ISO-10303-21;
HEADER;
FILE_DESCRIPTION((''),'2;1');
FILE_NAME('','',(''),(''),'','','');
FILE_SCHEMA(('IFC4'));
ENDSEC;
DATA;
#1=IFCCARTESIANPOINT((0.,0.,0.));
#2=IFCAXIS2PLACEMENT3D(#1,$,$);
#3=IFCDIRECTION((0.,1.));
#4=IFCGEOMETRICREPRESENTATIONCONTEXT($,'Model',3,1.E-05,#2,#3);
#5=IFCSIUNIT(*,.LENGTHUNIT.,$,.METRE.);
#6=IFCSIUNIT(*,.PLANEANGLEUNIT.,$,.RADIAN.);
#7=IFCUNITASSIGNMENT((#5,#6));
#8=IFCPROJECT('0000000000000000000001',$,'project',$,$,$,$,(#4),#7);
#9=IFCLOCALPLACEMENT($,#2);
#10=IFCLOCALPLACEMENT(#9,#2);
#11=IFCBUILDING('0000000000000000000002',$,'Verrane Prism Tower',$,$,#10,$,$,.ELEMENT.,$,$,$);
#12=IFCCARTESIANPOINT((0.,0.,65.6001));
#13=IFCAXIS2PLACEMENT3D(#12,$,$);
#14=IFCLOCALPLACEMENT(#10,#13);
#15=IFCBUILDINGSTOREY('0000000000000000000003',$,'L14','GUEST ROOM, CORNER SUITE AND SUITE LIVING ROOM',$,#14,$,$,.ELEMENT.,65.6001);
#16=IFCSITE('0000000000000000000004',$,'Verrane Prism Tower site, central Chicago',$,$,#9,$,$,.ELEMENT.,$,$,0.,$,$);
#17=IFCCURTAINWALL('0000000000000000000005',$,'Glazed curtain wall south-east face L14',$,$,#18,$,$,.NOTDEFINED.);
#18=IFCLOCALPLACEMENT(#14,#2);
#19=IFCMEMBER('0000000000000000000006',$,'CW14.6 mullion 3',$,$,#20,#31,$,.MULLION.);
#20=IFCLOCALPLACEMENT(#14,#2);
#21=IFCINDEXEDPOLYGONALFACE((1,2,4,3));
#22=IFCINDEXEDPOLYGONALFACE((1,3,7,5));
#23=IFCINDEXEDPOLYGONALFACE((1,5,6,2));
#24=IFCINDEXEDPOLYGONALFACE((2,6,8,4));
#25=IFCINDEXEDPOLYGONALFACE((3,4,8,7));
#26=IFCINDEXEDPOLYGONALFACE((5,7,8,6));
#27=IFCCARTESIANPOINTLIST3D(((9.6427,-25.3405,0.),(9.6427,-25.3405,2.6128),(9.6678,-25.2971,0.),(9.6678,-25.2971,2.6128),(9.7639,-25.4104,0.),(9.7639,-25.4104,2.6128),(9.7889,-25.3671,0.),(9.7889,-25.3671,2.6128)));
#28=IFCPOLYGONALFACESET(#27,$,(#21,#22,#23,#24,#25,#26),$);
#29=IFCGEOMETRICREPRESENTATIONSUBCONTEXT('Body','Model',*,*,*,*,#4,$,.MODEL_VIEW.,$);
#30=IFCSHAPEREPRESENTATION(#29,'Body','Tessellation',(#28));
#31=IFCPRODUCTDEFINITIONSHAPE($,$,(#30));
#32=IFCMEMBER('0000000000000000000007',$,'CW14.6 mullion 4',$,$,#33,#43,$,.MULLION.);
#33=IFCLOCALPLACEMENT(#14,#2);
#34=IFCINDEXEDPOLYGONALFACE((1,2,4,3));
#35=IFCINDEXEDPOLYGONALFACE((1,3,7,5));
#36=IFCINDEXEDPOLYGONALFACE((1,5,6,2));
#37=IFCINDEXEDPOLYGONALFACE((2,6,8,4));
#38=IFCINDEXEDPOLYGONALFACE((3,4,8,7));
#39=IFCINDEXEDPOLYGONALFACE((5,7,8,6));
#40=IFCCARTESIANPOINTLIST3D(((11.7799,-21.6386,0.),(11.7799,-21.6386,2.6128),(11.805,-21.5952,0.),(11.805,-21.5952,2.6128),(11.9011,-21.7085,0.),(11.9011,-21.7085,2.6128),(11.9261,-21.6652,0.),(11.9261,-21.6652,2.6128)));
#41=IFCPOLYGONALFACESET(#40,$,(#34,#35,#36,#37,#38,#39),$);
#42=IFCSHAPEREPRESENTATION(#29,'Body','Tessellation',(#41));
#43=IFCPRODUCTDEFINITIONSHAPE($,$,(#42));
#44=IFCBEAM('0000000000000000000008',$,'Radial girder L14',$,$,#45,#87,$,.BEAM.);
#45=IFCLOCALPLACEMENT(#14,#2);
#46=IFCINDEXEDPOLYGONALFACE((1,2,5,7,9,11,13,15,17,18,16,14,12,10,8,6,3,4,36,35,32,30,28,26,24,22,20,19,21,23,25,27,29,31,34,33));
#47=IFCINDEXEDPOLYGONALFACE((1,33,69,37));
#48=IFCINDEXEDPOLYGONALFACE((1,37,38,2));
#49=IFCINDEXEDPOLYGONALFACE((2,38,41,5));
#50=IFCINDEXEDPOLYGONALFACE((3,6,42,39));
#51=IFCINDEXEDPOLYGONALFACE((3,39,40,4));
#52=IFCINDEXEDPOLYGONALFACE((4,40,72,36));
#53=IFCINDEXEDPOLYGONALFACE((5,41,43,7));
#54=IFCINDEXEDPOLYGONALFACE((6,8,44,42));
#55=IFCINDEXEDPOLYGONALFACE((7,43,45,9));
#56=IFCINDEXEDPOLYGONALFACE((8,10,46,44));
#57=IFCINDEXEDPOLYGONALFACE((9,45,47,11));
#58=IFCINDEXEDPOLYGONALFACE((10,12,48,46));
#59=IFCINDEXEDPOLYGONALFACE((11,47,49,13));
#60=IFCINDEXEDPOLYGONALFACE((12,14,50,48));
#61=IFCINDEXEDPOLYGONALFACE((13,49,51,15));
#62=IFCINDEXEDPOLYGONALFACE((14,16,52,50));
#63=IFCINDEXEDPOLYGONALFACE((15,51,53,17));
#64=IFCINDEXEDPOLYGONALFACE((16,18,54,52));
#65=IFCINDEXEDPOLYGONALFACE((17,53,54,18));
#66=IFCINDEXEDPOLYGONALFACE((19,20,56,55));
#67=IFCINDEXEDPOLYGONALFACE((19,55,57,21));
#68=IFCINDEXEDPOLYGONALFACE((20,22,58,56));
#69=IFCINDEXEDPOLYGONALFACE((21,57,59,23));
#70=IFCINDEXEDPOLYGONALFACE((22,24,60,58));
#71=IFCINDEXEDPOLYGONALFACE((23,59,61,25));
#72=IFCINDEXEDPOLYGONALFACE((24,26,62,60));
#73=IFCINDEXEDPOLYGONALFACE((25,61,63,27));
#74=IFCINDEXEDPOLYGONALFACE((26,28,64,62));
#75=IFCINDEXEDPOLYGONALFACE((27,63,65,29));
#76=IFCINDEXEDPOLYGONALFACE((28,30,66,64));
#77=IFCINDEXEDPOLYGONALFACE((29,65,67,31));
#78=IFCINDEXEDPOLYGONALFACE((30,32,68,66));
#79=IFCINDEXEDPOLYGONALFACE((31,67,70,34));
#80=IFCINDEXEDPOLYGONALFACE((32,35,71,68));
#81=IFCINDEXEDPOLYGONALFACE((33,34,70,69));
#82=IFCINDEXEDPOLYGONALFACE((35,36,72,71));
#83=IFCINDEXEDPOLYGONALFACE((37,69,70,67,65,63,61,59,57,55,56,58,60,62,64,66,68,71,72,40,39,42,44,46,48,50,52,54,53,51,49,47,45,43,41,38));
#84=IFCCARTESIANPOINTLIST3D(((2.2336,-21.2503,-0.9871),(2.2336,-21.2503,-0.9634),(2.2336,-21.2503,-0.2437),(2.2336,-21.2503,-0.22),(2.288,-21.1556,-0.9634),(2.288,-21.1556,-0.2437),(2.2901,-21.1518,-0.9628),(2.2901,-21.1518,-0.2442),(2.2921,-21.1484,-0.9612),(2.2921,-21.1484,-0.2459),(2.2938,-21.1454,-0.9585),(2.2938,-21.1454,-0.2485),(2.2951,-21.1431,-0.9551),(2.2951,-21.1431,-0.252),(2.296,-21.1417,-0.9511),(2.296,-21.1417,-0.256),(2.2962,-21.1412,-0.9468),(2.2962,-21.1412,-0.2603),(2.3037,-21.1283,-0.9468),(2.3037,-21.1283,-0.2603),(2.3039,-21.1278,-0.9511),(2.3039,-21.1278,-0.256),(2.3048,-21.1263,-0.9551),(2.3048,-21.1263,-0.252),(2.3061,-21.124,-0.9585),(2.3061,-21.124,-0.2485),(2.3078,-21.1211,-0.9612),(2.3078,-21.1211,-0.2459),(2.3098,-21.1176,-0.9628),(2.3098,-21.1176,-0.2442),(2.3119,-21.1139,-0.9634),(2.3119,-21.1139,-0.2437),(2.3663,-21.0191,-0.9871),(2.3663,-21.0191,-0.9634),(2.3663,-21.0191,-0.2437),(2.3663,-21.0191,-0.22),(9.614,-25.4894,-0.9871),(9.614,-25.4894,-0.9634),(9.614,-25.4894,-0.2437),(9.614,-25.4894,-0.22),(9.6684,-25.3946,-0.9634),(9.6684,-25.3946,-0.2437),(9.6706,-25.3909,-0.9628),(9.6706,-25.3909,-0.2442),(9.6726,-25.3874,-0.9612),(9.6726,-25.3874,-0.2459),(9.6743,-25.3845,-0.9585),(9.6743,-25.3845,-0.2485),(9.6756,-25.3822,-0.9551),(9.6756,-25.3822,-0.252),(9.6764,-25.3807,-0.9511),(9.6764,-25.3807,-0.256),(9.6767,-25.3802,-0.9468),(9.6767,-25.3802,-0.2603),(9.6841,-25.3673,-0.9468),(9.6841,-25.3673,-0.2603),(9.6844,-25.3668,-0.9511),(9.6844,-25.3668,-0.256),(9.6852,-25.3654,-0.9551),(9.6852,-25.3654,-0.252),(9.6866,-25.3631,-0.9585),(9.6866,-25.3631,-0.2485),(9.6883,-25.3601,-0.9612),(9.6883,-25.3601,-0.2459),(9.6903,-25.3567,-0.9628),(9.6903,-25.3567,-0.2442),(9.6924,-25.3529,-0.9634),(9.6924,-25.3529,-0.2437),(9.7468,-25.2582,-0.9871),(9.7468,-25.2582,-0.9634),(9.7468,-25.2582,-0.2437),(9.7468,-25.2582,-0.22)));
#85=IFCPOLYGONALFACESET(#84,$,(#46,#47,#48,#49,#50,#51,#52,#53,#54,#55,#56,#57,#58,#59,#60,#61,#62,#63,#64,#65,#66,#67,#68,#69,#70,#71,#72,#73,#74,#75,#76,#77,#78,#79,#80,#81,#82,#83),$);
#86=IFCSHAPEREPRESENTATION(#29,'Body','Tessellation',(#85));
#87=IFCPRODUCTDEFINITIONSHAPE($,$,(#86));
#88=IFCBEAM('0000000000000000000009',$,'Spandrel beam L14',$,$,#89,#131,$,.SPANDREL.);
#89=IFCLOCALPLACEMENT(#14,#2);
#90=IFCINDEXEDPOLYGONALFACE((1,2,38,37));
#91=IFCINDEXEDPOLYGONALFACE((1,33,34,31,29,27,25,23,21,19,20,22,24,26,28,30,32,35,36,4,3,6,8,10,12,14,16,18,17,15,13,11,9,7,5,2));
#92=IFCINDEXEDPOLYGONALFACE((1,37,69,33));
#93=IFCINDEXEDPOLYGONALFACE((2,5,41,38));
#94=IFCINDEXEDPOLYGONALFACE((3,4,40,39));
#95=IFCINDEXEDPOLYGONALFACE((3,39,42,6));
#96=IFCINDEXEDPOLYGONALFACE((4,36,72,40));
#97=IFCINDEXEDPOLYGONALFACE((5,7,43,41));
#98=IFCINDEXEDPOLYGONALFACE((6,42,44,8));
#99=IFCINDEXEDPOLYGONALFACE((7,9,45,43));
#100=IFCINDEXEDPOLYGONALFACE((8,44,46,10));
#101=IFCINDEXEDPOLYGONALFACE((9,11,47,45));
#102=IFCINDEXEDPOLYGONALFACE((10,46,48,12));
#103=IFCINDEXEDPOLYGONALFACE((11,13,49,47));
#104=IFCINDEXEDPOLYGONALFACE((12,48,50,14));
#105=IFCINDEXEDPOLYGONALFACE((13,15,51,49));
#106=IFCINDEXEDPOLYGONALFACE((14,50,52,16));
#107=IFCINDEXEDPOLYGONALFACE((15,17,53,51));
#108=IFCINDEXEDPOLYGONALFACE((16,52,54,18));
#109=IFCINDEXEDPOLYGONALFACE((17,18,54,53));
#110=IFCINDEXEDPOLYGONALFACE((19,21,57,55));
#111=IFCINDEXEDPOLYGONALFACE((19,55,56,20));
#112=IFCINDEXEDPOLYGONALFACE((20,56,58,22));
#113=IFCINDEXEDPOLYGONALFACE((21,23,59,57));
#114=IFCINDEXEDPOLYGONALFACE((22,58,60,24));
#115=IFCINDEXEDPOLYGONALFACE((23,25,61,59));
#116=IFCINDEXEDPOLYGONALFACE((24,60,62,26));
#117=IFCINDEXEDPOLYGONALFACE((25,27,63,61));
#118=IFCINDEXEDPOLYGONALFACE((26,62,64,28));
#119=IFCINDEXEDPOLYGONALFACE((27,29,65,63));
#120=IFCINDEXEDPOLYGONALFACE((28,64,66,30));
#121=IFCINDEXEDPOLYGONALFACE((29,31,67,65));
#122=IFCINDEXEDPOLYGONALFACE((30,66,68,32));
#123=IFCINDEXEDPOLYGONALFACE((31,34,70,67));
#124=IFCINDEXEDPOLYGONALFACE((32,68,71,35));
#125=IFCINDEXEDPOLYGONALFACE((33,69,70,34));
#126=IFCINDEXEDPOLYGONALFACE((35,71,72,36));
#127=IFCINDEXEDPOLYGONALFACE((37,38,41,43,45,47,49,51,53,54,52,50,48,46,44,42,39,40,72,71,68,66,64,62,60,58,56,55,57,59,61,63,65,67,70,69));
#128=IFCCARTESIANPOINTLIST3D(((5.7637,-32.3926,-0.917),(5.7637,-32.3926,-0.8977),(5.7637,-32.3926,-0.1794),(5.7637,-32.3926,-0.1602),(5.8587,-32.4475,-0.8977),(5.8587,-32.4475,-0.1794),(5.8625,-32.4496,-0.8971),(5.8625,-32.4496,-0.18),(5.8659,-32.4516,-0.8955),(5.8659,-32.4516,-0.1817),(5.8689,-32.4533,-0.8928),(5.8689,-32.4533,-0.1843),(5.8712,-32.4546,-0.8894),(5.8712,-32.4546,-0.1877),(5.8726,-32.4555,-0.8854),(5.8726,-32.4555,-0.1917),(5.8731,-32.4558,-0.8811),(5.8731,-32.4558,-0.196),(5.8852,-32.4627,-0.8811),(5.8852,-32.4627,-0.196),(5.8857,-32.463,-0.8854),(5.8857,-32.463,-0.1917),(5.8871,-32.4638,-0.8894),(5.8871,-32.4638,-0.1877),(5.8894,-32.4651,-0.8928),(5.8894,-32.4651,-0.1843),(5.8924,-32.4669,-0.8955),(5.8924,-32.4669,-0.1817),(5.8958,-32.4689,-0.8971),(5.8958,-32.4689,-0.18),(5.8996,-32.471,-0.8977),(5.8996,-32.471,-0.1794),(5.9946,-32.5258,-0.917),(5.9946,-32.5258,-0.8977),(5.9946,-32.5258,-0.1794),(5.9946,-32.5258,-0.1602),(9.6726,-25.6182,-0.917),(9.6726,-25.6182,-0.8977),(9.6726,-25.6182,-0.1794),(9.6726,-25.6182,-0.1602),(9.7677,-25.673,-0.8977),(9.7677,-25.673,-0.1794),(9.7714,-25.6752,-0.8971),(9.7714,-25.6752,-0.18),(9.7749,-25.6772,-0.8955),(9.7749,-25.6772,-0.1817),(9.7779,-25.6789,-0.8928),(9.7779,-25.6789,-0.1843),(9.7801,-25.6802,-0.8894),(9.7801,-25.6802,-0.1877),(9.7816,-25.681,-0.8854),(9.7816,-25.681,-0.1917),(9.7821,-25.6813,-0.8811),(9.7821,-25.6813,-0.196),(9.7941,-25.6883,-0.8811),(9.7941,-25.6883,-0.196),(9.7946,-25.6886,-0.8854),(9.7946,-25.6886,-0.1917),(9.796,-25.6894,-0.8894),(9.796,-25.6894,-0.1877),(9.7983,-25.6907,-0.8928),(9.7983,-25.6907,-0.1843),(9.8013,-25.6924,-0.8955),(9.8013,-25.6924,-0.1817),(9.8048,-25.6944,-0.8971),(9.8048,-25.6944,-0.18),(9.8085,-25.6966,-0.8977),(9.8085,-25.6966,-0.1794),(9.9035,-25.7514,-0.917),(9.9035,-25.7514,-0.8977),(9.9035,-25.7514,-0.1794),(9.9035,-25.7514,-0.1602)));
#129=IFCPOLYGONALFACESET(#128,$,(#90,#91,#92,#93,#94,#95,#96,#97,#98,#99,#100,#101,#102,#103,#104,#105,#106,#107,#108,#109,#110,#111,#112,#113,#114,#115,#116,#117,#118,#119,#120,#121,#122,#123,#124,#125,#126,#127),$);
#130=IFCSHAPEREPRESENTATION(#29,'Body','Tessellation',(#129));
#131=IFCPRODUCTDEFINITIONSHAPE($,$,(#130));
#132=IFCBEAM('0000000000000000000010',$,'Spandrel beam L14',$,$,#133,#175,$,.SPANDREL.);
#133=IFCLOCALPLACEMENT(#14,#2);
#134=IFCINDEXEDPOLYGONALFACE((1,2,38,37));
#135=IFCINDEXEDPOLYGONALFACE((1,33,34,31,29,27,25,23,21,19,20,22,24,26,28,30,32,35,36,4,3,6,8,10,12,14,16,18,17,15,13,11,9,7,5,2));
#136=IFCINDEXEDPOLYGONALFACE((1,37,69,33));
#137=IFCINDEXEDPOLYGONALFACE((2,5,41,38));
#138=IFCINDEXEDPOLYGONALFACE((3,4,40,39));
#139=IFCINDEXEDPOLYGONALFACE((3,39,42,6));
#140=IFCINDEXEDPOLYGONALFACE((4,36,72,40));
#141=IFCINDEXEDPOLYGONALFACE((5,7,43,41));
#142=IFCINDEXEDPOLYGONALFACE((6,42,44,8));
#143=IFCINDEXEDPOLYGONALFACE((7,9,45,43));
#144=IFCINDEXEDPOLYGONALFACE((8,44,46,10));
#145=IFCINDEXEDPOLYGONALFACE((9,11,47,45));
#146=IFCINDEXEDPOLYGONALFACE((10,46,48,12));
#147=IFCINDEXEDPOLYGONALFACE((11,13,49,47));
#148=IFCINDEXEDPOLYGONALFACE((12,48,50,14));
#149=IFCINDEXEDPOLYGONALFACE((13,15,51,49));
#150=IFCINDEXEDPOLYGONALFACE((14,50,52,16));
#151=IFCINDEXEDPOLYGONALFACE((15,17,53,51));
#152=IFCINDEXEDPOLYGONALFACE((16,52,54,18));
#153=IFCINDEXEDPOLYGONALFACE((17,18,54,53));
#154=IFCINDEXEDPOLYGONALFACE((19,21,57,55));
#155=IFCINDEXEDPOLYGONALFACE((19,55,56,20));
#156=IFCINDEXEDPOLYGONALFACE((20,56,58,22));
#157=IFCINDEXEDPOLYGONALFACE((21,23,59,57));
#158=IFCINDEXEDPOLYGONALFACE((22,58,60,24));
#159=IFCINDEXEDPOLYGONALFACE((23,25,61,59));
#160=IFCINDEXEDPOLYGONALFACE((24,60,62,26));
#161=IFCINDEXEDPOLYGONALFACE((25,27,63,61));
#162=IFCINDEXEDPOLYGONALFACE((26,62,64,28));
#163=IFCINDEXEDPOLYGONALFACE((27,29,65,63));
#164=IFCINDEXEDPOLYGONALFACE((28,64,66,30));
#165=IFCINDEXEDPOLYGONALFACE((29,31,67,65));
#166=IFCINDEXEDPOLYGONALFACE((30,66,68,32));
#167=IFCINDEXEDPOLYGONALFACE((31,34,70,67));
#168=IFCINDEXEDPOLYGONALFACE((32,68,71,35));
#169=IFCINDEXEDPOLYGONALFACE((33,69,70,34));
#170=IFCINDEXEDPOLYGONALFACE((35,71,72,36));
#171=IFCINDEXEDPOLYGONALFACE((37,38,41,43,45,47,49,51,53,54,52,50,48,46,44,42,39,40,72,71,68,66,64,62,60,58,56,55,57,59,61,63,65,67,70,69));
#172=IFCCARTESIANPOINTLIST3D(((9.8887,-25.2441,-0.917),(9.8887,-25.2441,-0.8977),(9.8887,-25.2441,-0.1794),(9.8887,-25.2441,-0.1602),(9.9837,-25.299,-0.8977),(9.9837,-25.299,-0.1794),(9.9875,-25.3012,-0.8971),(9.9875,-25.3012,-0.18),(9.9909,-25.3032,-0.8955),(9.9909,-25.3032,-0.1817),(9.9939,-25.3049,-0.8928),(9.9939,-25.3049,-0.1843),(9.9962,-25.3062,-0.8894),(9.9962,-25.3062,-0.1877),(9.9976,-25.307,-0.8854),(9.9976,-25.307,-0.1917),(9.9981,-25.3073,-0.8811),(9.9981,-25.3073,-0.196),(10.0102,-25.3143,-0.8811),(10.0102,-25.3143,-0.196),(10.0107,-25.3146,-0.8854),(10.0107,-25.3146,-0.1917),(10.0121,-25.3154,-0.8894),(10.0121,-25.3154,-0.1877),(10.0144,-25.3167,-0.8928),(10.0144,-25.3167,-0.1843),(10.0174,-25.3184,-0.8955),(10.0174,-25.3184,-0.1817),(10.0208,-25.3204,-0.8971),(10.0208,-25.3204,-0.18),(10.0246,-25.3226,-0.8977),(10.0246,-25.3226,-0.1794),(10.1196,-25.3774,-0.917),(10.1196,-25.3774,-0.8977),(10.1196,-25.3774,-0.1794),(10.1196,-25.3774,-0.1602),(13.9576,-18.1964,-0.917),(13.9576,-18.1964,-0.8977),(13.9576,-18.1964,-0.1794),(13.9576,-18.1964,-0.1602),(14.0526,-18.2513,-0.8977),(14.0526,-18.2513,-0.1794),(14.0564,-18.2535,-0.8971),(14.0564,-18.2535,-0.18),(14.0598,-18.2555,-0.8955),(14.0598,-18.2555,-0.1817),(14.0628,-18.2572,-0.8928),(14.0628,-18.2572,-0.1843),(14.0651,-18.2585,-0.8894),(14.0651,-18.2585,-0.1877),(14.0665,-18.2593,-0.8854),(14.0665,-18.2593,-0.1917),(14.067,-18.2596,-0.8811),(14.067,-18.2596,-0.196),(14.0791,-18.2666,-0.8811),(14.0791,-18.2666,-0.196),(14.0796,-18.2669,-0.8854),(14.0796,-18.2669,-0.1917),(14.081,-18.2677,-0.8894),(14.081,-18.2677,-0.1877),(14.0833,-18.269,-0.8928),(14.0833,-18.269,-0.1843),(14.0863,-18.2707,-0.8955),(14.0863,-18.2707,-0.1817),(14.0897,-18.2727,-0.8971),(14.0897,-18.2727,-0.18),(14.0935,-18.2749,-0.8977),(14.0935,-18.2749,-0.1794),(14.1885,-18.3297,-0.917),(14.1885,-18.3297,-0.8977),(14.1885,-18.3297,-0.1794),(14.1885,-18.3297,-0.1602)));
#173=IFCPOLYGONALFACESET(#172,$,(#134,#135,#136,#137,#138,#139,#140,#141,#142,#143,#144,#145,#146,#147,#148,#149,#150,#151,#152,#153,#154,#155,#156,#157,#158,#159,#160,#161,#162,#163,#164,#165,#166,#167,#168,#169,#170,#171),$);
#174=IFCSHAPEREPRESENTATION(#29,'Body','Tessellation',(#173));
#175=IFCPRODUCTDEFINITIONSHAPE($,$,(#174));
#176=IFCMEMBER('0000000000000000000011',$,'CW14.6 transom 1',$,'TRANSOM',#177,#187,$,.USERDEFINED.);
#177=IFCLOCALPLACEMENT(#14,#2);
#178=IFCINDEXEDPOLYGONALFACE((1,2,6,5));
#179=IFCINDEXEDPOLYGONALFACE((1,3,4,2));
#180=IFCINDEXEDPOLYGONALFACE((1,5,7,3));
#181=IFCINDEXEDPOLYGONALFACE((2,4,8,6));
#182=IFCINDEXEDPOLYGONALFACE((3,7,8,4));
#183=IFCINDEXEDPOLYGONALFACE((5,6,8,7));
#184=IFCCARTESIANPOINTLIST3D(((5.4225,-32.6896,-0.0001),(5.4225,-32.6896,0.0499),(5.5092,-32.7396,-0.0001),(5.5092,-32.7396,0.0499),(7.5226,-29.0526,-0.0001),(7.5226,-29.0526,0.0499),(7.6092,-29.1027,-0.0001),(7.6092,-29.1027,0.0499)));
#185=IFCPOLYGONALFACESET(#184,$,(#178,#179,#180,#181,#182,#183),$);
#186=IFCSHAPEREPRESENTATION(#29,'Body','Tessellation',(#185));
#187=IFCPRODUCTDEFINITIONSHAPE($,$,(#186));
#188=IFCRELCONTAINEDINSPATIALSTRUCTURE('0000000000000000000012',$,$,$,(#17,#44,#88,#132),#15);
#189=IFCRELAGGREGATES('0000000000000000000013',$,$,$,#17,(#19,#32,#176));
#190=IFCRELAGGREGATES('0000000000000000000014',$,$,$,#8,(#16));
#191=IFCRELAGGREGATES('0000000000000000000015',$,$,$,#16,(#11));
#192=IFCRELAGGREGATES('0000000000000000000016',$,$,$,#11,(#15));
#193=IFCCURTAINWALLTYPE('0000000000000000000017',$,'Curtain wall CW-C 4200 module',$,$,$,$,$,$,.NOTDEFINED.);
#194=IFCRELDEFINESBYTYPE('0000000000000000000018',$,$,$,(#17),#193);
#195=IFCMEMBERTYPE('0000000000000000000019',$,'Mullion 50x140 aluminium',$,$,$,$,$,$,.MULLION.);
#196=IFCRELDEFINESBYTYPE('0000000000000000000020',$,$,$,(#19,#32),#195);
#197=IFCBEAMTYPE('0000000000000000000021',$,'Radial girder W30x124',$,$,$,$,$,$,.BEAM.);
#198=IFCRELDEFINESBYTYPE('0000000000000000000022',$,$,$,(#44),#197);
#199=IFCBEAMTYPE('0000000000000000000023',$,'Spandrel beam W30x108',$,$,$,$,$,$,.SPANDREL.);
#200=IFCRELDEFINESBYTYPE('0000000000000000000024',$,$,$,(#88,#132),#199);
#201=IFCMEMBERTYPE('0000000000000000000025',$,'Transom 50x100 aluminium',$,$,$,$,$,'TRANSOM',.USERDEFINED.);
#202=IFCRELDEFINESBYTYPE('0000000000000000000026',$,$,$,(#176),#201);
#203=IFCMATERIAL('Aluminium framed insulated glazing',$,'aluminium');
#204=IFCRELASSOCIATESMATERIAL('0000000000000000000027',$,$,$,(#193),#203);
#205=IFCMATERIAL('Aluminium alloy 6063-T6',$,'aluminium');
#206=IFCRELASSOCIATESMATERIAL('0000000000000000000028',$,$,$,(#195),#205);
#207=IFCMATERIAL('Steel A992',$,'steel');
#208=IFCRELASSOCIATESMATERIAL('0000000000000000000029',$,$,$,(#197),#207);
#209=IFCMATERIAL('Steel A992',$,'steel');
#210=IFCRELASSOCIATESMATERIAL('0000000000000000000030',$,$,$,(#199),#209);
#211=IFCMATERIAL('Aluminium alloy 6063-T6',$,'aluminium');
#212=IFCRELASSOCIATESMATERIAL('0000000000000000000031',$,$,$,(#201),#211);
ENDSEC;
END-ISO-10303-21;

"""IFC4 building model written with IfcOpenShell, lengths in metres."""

from ifc_helpers import new_model, si_unit, direction, frame, origin, origin_2d, place, context, subcontext, project, spatial, rectangle, i_section, extrude, material, material_profile, profile_set, type_object, element, aggregate, save


model = new_model("IFC4")

# Units and contexts
model_context = context("Model", 3, precision=1e-05, world=origin(), true_north=direction((0.0, 1.0)))
body_context = subcontext(model_context, "Body", "Model", "MODEL_VIEW")
ifc_project = project(units=[si_unit("LENGTHUNIT", "METRE"), si_unit("PLANEANGLEUNIT", "RADIAN")], contexts=[model_context])

# Site, building, storey
site_placement = place(None, origin())
site = spatial("IfcSite", under=ifc_project, at=site_placement, Name="Verrane Prism Tower site, central Chicago", CompositionType="ELEMENT", RefElevation=0.0)
building_placement = place(site_placement, origin())
building = spatial("IfcBuilding", under=site, at=building_placement, Name="Verrane Prism Tower", CompositionType="ELEMENT")
storey_placement = place(building_placement, frame((0.0, 0.0, 65.6001)))
storey = spatial("IfcBuildingStorey", under=building, at=storey_placement, Name="L14", Description="GUEST ROOM, CORNER SUITE AND SUITE LIVING ROOM", CompositionType="ELEMENT", Elevation=65.6001)

# Curtain wall, members
ifc_material_1 = material(Name="Aluminium framed insulated glazing", Category="aluminium")
curtain_wall_type_1 = type_object("IfcCurtainWallType", Name="Curtain wall CW-C 4200 module", PredefinedType="NOTDEFINED", material=ifc_material_1)
curtain_wall_1_placement = place(storey_placement, origin())
curtain_wall_1 = element("IfcCurtainWall", 1, at=curtain_wall_1_placement, inside=storey, type_object=curtain_wall_type_1, Name="Glazed curtain wall south-east face L14", PredefinedType="NOTDEFINED")
ifc_material_2 = material(Name="Aluminium alloy 6063-T6", Category="aluminium")
ifc_material_profile_1 = material_profile(ifc_material_2, rectangle(XDim=0.1399, YDim=0.05, at=origin_2d()), Name="Mullion 50x140 aluminium")
ifc_profile_set_1 = profile_set([ifc_material_profile_1], Name="Aluminium alloy 6063-T6")
member_type_1 = type_object("IfcMemberType", Name="Mullion 50x140 aluminium", PredefinedType="MULLION", material=ifc_profile_set_1)
member_1_placement = place(storey_placement, frame((9.7158, -25.3538, 0.0), z_axis=(0.0, 0.0, 1.0), x_axis=(-0.866025, 0.5, 0.0)))
member_1 = element("IfcMember", 2, at=member_1_placement, type_object=member_type_1, Name="CW14.6 mullion 3", PredefinedType="MULLION", context=body_context, shape_type="SweptSolid", body=[
    extrude(rectangle(XDim=0.1399, YDim=0.05, at=origin_2d()), origin(), (0.0, 0.0, 1.0), 2.6128),
])
member_2_placement = place(storey_placement, frame((11.853, -21.6519, 0.0), z_axis=(0.0, 0.0, 1.0), x_axis=(-0.866025, 0.5, 0.0)))
member_2 = element("IfcMember", 3, at=member_2_placement, type_object=member_type_1, Name="CW14.6 mullion 4", PredefinedType="MULLION", context=body_context, shape_type="SweptSolid", body=[
    extrude(rectangle(XDim=0.1399, YDim=0.05, at=origin_2d()), origin(), (0.0, 0.0, 1.0), 2.6128),
])

# Beams
ifc_material_3 = material(Name="Steel A992", Category="steel")
ifc_material_profile_2 = material_profile(ifc_material_3, i_section(OverallWidth=0.2666, OverallDepth=0.7671, WebThickness=0.0149, FlangeThickness=0.0237, FilletRadius=0.0166, at=origin_2d()), Name="W30x124")
ifc_profile_set_2 = profile_set([ifc_material_profile_2], Name="Steel A992")
beam_type_1 = type_object("IfcBeamType", Name="Radial girder W30x124", PredefinedType="BEAM", material=ifc_profile_set_2)
beam_1_placement = place(storey_placement, frame((9.6804, -25.3738, -0.6035), z_axis=(-0.867145, 0.498056, 0.0), x_axis=(-0.498056, -0.867145, 0.0)))
element("IfcBeam", 4, at=beam_1_placement, inside=storey, type_object=beam_type_1, Name="Radial girder L14", PredefinedType="BEAM", context=body_context, shape_type="SweptSolid", body=[
    extrude(i_section(OverallWidth=0.2666, OverallDepth=0.7671, WebThickness=0.0149, FlangeThickness=0.0237, FilletRadius=0.0166, at=origin_2d()), origin(), (0.0, 0.0, 1.0), 8.5112),
])
ifc_material_4 = material(Name="Steel A992", Category="steel")
ifc_material_profile_3 = material_profile(ifc_material_4, i_section(OverallWidth=0.2666, OverallDepth=0.7568, WebThickness=0.0139, FlangeThickness=0.0193, FilletRadius=0.0166, at=origin_2d()), Name="W30x108")
ifc_profile_set_3 = profile_set([ifc_material_profile_3], Name="Steel A992")
beam_type_2 = type_object("IfcBeamType", Name="Spandrel beam W30x108", PredefinedType="SPANDREL", material=ifc_profile_set_3)
beam_2_placement = place(storey_placement, frame((5.8792, -32.4592, -0.5386), z_axis=(0.499782, 0.866151, 0.0), x_axis=(-0.866151, 0.499782, 0.0)))
element("IfcBeam", 5, at=beam_2_placement, inside=storey, type_object=beam_type_2, Name="Spandrel beam L14", PredefinedType="SPANDREL", context=body_context, shape_type="SweptSolid", body=[
    extrude(i_section(OverallWidth=0.2666, OverallDepth=0.7568, WebThickness=0.0139, FlangeThickness=0.0193, FilletRadius=0.0166, at=origin_2d()), origin(), (0.0, 0.0, 1.0), 7.8213),
])
beam_3_placement = place(storey_placement, frame((10.0042, -25.3108, -0.5386), z_axis=(0.499992, 0.86603, 0.0), x_axis=(-0.86603, 0.499992, 0.0)))
element("IfcBeam", 6, at=beam_3_placement, inside=storey, type_object=beam_type_2, Name="Spandrel beam L14", PredefinedType="SPANDREL", context=body_context, shape_type="SweptSolid", body=[
    extrude(i_section(OverallWidth=0.2666, OverallDepth=0.7568, WebThickness=0.0139, FlangeThickness=0.0193, FilletRadius=0.0166, at=origin_2d()), origin(), (0.0, 0.0, 1.0), 8.1379),
])

# Member
ifc_material_5 = material(Name="Aluminium alloy 6063-T6", Category="aluminium")
ifc_material_profile_4 = material_profile(ifc_material_5, rectangle(XDim=0.1001, YDim=0.05, at=origin_2d()), Name="Transom 50x100 aluminium")
ifc_profile_set_4 = profile_set([ifc_material_profile_4], Name="Aluminium alloy 6063-T6")
member_type_2 = type_object("IfcMemberType", Name="Transom 50x100 aluminium", ElementType="TRANSOM", PredefinedType="USERDEFINED", material=ifc_profile_set_4)
member_3_placement = place(storey_placement, frame((5.4658, -32.7146, 0.0249), z_axis=(0.500053, 0.865995, 0.0), x_axis=(-0.865995, 0.500053, 0.0)))
member_3 = element("IfcMember", 7, at=member_3_placement, type_object=member_type_2, Name="CW14.6 transom 1", ObjectType="TRANSOM", PredefinedType="USERDEFINED", context=body_context, shape_type="SweptSolid", body=[
    extrude(rectangle(XDim=0.1001, YDim=0.05, at=origin_2d()), origin(), (0.0, 0.0, 1.0), 4.1997),
])

aggregate(curtain_wall_1, [member_1, member_2, member_3])

save(model, "model.ifc")
